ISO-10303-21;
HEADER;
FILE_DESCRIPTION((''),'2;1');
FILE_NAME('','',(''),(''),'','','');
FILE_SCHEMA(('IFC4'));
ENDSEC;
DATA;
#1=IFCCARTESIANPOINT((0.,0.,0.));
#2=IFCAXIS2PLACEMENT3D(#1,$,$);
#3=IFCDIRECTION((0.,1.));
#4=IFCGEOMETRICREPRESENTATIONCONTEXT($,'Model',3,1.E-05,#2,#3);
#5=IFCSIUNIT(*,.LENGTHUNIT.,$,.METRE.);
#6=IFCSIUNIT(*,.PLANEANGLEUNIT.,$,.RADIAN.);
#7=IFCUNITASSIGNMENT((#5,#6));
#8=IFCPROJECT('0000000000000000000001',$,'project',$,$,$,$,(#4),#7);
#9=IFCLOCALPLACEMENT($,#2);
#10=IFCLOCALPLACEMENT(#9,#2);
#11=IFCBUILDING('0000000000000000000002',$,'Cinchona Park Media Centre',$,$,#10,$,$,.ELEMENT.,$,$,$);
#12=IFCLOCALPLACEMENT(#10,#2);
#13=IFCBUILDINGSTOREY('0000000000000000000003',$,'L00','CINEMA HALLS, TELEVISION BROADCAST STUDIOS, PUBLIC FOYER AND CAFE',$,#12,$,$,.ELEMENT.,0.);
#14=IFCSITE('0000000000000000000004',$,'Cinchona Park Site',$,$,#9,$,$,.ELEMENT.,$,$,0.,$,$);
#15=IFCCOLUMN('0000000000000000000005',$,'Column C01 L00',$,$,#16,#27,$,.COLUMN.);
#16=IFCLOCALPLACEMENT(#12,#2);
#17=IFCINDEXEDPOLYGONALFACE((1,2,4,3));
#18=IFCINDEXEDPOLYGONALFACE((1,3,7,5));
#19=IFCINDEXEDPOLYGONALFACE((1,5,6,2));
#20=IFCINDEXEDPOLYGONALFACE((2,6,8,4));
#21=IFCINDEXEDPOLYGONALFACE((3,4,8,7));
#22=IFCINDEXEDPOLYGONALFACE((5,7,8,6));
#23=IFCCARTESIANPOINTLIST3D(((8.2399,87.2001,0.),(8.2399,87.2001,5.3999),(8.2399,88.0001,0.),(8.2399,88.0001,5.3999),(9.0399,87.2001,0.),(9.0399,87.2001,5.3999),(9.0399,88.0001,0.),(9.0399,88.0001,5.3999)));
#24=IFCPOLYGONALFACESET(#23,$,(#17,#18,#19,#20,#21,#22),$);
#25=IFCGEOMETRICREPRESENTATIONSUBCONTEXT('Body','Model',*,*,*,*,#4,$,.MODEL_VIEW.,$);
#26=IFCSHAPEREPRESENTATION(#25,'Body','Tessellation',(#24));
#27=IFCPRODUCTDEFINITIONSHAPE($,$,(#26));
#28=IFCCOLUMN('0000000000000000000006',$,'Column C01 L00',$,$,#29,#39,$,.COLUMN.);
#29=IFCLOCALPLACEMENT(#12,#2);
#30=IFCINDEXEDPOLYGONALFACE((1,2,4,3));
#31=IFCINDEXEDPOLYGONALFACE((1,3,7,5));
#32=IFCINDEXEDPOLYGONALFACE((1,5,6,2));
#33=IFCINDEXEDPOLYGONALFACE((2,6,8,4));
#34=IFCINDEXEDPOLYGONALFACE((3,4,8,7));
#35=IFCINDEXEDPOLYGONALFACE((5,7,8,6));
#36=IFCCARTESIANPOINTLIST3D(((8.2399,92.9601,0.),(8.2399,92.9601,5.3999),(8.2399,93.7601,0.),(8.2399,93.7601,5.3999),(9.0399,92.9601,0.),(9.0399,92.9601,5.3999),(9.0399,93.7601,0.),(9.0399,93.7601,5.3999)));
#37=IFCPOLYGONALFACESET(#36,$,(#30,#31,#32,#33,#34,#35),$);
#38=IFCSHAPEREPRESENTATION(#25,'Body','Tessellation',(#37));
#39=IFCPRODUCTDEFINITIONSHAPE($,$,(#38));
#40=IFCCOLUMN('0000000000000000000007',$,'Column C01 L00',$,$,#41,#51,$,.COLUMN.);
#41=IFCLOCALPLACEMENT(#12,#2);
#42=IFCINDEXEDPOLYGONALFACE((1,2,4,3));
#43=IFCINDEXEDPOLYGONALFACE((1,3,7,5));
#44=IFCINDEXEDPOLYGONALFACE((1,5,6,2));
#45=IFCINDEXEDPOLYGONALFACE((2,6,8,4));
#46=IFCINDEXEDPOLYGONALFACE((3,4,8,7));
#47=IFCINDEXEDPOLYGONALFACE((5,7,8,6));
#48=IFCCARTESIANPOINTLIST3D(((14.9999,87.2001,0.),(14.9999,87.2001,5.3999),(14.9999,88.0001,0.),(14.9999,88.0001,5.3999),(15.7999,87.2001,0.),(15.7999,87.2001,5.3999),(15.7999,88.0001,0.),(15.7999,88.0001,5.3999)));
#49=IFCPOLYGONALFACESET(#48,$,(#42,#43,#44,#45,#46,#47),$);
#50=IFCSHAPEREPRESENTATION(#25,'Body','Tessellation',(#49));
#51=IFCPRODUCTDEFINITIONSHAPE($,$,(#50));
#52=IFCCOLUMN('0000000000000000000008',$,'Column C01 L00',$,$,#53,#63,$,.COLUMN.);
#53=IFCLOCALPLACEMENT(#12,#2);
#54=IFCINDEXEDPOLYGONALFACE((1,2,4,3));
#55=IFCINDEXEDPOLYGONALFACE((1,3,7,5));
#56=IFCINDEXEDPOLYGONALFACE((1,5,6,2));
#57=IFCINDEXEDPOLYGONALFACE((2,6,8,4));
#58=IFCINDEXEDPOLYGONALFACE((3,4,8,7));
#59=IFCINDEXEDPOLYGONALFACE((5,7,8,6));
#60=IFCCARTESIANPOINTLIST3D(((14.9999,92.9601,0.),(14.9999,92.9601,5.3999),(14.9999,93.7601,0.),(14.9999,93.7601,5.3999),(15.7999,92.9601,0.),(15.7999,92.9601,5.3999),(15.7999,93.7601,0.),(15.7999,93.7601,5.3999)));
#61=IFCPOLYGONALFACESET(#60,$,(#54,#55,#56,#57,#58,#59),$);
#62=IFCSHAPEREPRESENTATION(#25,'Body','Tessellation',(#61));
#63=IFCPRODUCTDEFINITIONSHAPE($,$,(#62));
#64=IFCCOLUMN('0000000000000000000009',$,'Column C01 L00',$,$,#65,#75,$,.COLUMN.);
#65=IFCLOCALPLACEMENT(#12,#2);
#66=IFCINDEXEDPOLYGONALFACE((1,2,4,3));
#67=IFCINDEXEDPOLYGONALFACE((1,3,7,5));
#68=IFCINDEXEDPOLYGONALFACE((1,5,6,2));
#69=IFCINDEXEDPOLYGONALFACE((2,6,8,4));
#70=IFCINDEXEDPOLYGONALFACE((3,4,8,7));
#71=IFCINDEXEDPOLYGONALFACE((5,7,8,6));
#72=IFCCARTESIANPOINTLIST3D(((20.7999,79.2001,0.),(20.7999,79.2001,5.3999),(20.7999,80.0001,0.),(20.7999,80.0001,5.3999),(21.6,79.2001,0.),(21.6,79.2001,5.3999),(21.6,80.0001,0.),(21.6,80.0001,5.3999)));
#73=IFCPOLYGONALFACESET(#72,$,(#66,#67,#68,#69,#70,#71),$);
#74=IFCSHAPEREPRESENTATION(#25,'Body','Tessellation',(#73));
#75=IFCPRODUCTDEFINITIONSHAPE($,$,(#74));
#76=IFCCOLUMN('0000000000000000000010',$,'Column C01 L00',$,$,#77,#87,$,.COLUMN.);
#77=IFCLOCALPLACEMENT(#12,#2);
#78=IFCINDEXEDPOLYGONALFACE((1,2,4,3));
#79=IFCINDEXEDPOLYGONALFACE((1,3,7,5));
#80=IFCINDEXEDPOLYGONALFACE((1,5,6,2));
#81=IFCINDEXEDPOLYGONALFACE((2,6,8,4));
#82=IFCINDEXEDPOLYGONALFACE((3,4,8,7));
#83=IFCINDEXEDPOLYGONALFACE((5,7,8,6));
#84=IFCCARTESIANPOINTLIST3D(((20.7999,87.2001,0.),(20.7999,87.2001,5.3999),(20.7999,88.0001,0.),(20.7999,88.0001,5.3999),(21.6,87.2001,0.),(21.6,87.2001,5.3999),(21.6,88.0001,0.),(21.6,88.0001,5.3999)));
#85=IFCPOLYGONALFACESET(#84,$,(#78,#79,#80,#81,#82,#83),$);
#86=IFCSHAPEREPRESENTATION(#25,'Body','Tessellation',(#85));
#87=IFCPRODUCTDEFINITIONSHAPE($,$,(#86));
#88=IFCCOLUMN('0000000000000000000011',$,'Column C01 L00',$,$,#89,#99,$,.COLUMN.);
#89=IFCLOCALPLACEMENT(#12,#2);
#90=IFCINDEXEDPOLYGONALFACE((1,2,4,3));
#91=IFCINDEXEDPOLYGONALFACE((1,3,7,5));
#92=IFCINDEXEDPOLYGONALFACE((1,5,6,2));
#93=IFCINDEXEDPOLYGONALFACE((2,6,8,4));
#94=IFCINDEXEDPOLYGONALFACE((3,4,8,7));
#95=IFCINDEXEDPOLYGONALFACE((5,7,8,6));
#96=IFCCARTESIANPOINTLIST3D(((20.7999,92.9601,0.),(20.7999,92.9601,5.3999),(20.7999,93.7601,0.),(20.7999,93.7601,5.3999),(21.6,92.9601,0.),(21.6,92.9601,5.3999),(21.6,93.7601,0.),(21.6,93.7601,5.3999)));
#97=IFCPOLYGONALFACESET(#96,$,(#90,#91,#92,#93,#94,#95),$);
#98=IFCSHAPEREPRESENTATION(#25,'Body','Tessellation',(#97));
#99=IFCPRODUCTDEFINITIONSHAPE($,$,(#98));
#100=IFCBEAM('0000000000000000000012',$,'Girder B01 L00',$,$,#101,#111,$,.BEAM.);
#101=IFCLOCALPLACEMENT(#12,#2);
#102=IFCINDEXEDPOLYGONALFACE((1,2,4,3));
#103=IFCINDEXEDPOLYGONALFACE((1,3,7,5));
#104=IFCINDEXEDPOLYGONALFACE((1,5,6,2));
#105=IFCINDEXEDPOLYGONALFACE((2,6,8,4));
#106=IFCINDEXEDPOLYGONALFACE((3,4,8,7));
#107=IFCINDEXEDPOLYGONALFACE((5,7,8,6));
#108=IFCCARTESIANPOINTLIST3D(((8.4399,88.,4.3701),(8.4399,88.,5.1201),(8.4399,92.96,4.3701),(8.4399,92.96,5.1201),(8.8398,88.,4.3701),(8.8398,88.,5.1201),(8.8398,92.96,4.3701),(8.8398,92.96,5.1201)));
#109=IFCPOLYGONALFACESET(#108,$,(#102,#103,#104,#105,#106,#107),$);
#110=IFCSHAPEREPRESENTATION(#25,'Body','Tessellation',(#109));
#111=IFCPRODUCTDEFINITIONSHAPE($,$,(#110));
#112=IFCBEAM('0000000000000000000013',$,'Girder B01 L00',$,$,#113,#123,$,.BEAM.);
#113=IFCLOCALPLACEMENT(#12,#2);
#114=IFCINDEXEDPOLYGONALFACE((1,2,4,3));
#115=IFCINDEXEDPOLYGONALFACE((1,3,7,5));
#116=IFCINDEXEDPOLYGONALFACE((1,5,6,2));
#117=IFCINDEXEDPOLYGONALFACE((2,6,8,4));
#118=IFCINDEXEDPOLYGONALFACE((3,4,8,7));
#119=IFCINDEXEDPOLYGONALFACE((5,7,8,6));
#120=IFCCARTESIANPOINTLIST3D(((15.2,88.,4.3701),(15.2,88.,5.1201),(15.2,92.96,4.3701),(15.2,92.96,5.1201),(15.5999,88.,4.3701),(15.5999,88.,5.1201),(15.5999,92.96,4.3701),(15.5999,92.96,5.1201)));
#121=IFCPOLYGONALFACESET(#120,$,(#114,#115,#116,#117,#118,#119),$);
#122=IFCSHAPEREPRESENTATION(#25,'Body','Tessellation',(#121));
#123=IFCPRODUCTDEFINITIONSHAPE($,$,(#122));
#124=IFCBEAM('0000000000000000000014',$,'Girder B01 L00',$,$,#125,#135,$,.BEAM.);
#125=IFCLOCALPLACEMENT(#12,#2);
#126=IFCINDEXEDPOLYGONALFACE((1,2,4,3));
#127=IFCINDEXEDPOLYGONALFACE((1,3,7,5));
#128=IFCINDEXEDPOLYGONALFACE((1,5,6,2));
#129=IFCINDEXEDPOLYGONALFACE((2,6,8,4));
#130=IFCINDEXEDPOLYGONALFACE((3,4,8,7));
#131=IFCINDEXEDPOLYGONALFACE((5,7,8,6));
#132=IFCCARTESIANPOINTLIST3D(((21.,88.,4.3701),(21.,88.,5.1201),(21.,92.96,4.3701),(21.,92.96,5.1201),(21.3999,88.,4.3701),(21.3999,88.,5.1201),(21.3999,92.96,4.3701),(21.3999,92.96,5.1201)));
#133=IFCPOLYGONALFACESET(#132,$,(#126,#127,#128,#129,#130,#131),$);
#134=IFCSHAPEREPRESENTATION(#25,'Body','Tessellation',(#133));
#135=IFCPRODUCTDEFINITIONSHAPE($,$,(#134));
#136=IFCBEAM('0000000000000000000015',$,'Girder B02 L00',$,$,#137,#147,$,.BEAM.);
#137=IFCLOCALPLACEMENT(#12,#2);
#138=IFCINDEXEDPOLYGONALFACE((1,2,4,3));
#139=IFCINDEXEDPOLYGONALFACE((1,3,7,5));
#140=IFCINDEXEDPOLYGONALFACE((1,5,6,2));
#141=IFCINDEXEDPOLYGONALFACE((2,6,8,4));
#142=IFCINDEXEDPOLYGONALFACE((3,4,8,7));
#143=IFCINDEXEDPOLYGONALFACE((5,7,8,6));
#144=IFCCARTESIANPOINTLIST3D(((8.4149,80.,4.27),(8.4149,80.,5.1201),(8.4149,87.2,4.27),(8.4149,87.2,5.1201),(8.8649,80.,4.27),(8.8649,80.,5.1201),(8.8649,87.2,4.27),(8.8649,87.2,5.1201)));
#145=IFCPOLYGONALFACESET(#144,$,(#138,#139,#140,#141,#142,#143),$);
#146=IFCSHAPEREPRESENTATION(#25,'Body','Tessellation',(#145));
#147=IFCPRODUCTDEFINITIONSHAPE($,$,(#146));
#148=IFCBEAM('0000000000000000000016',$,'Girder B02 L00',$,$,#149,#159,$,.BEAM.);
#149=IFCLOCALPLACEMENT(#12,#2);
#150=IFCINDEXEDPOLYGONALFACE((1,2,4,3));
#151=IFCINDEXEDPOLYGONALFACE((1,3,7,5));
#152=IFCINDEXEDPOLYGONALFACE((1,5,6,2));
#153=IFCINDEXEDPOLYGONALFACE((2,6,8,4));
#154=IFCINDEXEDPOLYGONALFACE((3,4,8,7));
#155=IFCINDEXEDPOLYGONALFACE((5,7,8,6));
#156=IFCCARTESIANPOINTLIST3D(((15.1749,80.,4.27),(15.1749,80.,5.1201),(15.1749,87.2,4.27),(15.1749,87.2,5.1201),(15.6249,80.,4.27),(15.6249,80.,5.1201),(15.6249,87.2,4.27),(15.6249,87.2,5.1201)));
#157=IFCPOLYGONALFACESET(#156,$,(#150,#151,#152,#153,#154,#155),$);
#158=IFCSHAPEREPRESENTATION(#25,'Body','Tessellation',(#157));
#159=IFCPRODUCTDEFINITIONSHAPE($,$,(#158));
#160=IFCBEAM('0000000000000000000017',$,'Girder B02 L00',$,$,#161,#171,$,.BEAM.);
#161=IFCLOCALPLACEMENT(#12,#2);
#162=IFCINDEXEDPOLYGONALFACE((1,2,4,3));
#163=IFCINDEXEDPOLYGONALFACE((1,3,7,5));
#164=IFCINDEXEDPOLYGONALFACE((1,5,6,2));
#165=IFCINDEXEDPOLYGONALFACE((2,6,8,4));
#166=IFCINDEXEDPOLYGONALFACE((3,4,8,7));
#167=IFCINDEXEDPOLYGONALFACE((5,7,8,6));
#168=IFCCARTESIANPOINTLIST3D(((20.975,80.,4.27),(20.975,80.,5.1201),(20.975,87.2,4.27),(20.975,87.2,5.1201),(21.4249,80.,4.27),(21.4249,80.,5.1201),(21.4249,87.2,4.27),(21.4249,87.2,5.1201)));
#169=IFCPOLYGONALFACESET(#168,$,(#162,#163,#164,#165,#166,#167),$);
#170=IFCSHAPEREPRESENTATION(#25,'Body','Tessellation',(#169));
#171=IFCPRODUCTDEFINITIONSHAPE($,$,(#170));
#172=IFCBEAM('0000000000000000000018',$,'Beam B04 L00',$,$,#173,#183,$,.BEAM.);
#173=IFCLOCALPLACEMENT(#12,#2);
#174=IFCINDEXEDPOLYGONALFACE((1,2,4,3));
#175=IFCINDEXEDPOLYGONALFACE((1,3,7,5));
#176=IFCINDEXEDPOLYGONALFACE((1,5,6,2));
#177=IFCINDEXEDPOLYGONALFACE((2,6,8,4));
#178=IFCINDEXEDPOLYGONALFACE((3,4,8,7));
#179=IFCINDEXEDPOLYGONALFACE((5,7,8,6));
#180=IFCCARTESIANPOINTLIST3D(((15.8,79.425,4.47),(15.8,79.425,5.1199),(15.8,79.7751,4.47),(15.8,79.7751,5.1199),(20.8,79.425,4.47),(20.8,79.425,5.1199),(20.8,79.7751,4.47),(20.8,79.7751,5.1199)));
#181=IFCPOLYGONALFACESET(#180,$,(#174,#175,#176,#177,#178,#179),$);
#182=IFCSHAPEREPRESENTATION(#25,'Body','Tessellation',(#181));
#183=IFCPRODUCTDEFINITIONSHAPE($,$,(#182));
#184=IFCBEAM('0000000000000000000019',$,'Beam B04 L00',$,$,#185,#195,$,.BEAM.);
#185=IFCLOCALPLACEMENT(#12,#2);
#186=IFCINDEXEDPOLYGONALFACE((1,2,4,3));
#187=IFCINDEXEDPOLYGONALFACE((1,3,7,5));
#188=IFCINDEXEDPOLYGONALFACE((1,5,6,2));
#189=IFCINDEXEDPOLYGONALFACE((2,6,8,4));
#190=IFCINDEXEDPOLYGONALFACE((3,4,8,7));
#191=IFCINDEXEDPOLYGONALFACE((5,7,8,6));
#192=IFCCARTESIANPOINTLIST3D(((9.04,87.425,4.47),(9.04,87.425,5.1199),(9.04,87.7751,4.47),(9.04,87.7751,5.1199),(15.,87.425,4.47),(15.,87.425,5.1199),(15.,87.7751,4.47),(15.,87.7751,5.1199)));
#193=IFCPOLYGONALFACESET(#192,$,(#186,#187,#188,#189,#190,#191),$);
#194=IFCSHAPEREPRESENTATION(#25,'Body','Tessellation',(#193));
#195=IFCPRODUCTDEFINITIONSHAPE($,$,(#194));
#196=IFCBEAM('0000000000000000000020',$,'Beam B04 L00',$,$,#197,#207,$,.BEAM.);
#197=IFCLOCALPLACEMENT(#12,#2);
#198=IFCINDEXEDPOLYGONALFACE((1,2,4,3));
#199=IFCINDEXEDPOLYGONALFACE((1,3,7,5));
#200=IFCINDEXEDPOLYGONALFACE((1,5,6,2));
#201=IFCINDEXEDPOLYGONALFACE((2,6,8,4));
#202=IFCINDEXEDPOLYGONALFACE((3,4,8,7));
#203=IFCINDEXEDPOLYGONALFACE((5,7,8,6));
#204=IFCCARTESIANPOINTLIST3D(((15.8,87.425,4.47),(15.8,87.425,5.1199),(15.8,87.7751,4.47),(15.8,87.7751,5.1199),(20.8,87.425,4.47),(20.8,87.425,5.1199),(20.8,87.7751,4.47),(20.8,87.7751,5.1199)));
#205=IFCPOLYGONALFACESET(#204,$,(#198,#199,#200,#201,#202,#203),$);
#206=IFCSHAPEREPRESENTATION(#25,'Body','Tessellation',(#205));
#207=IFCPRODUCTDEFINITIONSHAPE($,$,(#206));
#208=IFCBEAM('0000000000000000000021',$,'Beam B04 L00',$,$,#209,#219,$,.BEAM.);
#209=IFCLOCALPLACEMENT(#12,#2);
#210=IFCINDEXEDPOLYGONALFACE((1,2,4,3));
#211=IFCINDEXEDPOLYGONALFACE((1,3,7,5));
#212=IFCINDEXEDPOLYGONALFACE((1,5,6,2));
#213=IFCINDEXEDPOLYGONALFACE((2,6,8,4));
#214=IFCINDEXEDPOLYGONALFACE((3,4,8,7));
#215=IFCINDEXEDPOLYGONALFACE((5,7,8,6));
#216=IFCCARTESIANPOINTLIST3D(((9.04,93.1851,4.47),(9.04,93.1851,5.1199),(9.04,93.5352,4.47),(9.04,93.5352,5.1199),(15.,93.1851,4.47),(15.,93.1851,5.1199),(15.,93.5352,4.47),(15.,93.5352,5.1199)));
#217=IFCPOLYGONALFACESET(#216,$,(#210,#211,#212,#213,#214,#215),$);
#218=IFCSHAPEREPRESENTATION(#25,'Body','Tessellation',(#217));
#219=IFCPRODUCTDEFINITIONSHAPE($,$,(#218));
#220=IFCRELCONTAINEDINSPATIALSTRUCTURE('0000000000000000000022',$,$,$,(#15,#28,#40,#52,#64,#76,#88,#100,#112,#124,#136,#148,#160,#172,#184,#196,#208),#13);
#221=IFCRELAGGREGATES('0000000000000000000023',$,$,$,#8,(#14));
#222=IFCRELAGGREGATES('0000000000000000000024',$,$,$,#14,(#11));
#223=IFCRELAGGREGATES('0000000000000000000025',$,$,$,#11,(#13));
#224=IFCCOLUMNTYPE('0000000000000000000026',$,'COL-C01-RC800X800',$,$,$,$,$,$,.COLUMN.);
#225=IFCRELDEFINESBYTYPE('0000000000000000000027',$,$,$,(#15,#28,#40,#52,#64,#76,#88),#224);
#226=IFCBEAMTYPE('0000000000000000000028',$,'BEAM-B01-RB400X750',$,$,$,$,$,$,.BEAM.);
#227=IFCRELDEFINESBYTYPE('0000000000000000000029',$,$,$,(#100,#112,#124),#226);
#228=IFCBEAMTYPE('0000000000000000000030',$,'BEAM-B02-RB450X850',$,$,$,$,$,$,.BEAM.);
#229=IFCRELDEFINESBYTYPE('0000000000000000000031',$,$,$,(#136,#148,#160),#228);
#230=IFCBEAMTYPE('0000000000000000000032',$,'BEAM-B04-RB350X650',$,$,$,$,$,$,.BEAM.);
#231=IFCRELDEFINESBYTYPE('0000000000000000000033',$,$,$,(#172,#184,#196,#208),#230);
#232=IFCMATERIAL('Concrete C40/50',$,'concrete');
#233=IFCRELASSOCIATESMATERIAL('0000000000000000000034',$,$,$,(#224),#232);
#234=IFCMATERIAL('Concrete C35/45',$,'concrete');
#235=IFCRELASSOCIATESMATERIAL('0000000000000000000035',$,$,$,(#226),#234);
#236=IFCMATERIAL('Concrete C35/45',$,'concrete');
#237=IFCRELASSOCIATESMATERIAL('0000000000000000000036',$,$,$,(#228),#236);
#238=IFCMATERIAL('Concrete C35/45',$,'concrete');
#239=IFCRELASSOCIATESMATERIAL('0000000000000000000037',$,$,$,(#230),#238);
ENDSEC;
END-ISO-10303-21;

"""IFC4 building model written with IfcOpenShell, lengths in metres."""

from ifc_helpers import new_model, si_unit, direction, frame, origin, origin_2d, place, context, subcontext, project, spatial, rectangle, extrude, material, material_profile, profile_set, type_object, element, save


model = new_model("IFC4")

# Units and contexts
model_context = context("Model", 3, precision=1e-05, world=origin(), true_north=direction((0.0, 1.0)))
body_context = subcontext(model_context, "Body", "Model", "MODEL_VIEW")
ifc_project = project(units=[si_unit("LENGTHUNIT", "METRE"), si_unit("PLANEANGLEUNIT", "RADIAN")], contexts=[model_context])

# Site, building, storey
site_placement = place(None, origin())
site = spatial("IfcSite", under=ifc_project, at=site_placement, Name="Cinchona Park Site", CompositionType="ELEMENT", RefElevation=0.0)
building_placement = place(site_placement, origin())
building = spatial("IfcBuilding", under=site, at=building_placement, Name="Cinchona Park Media Centre", CompositionType="ELEMENT")
storey_placement = place(building_placement, origin())
storey = spatial("IfcBuildingStorey", under=building, at=storey_placement, Name="L00", Description="CINEMA HALLS, TELEVISION BROADCAST STUDIOS, PUBLIC FOYER AND CAFE", CompositionType="ELEMENT", Elevation=0.0)

# Columns
ifc_material_1 = material(Name="Concrete C40/50", Category="concrete")
ifc_material_profile_1 = material_profile(ifc_material_1, rectangle(XDim=0.8, YDim=0.8, at=origin_2d()), Name="RC 800X800")
ifc_profile_set_1 = profile_set([ifc_material_profile_1], Name="Concrete C40/50")
column_type = type_object("IfcColumnType", Name="COL-C01-RC800X800", PredefinedType="COLUMN", material=ifc_profile_set_1)
for number, where, z_axis, x_axis, name in (
    (1, (8.6399, 87.6001, 0.0), (0.0, 0.0, 1.0), (1.0, 0.0, 0.0), "Column C01 L00"),
    (2, (8.6399, 93.3601, 0.0), (0.0, 0.0, 1.0), (1.0, 0.0, 0.0), "Column C01 L00"),
    (3, (15.3999, 87.6001, 0.0), (0.0, 0.0, 1.0), (1.0, 0.0, 0.0), "Column C01 L00"),
    (4, (15.3999, 93.3601, 0.0), (0.0, 0.0, 1.0), (1.0, 0.0, 0.0), "Column C01 L00"),
    (5, (21.2, 79.6001, 0.0), (0.0, 0.0, 1.0), (1.0, 0.0, 0.0), "Column C01 L00"),
    (6, (21.2, 87.6001, 0.0), (0.0, 0.0, 1.0), (1.0, 0.0, 0.0), "Column C01 L00"),
    (7, (21.2, 93.3601, 0.0), (0.0, 0.0, 1.0), (1.0, 0.0, 0.0), "Column C01 L00"),
):
    element("IfcColumn", number, at=place(storey_placement, frame(where, z_axis=z_axis, x_axis=x_axis)), inside=storey, type_object=column_type, Name=name, PredefinedType="COLUMN", context=body_context, shape_type="SweptSolid", body=[
        extrude(rectangle(XDim=0.8, YDim=0.8, at=origin_2d()), origin(), (0.0, 0.0, 1.0), 5.3999),
    ])

# Beams
ifc_material_2 = material(Name="Concrete C35/45", Category="concrete")
ifc_material_profile_2 = material_profile(ifc_material_2, rectangle(XDim=0.3999, YDim=0.75, at=origin_2d()), Name="RB 400X750")
ifc_profile_set_2 = profile_set([ifc_material_profile_2], Name="Concrete C35/45")
beam_type_1 = type_object("IfcBeamType", Name="BEAM-B01-RB400X750", PredefinedType="BEAM", material=ifc_profile_set_2)
for number, where, z_axis, x_axis, name in (
    (8, (8.6399, 88.0, 4.7451), (0.0, 1.0, 0.0), (-1.0, 0.0, 0.0), "Girder B01 L00"),
    (9, (15.3999, 88.0, 4.7451), (0.0, 1.0, 0.0), (-1.0, 0.0, 0.0), "Girder B01 L00"),
    (10, (21.2, 88.0, 4.7451), (0.0, 1.0, 0.0), (-1.0, 0.0, 0.0), "Girder B01 L00"),
):
    element("IfcBeam", number, at=place(storey_placement, frame(where, z_axis=z_axis, x_axis=x_axis)), inside=storey, type_object=beam_type_1, Name=name, PredefinedType="BEAM", context=body_context, shape_type="SweptSolid", body=[
        extrude(rectangle(XDim=0.3999, YDim=0.75, at=origin_2d()), origin(), (0.0, 0.0, 1.0), 4.96),
    ])
ifc_material_3 = material(Name="Concrete C35/45", Category="concrete")
ifc_material_profile_3 = material_profile(ifc_material_3, rectangle(XDim=0.45, YDim=0.8501, at=origin_2d()), Name="RB 450X850")
ifc_profile_set_3 = profile_set([ifc_material_profile_3], Name="Concrete C35/45")
beam_type_2 = type_object("IfcBeamType", Name="BEAM-B02-RB450X850", PredefinedType="BEAM", material=ifc_profile_set_3)
for number, where, z_axis, x_axis, name in (
    (11, (8.6399, 80.0, 4.6951), (0.0, 1.0, 0.0), (-1.0, 0.0, 0.0), "Girder B02 L00"),
    (12, (15.3999, 80.0, 4.6951), (0.0, 1.0, 0.0), (-1.0, 0.0, 0.0), "Girder B02 L00"),
    (13, (21.2, 80.0, 4.6951), (0.0, 1.0, 0.0), (-1.0, 0.0, 0.0), "Girder B02 L00"),
):
    element("IfcBeam", number, at=place(storey_placement, frame(where, z_axis=z_axis, x_axis=x_axis)), inside=storey, type_object=beam_type_2, Name=name, PredefinedType="BEAM", context=body_context, shape_type="SweptSolid", body=[
        extrude(rectangle(XDim=0.45, YDim=0.8501, at=origin_2d()), origin(), (0.0, 0.0, 1.0), 7.2),
    ])
ifc_material_4 = material(Name="Concrete C35/45", Category="concrete")
ifc_material_profile_4 = material_profile(ifc_material_4, rectangle(XDim=0.3501, YDim=0.6499, at=origin_2d()), Name="RB 350X650")
ifc_profile_set_4 = profile_set([ifc_material_profile_4], Name="Concrete C35/45")
beam_type_3 = type_object("IfcBeamType", Name="BEAM-B04-RB350X650", PredefinedType="BEAM", material=ifc_profile_set_4)
beam_1_placement = place(storey_placement, frame((15.8, 79.6001, 4.7949), z_axis=(1.0, 0.0, 0.0), x_axis=(0.0, 1.0, 0.0)))
element("IfcBeam", 14, at=beam_1_placement, inside=storey, type_object=beam_type_3, Name="Beam B04 L00", PredefinedType="BEAM", context=body_context, shape_type="SweptSolid", body=[
    extrude(rectangle(XDim=0.3501, YDim=0.6499, at=origin_2d()), origin(), (0.0, 0.0, 1.0), 5.0),
])
beam_2_placement = place(storey_placement, frame((9.04, 87.6001, 4.7949), z_axis=(1.0, 0.0, 0.0), x_axis=(0.0, 1.0, 0.0)))
element("IfcBeam", 15, at=beam_2_placement, inside=storey, type_object=beam_type_3, Name="Beam B04 L00", PredefinedType="BEAM", context=body_context, shape_type="SweptSolid", body=[
    extrude(rectangle(XDim=0.3501, YDim=0.6499, at=origin_2d()), origin(), (0.0, 0.0, 1.0), 5.96),
])
beam_3_placement = place(storey_placement, frame((15.8, 87.6001, 4.7949), z_axis=(1.0, 0.0, 0.0), x_axis=(0.0, 1.0, 0.0)))
element("IfcBeam", 16, at=beam_3_placement, inside=storey, type_object=beam_type_3, Name="Beam B04 L00", PredefinedType="BEAM", context=body_context, shape_type="SweptSolid", body=[
    extrude(rectangle(XDim=0.3501, YDim=0.6499, at=origin_2d()), origin(), (0.0, 0.0, 1.0), 5.0),
])
beam_4_placement = place(storey_placement, frame((9.04, 93.3601, 4.7949), z_axis=(1.0, 0.0, 0.0), x_axis=(0.0, 1.0, 0.0)))
element("IfcBeam", 17, at=beam_4_placement, inside=storey, type_object=beam_type_3, Name="Beam B04 L00", PredefinedType="BEAM", context=body_context, shape_type="SweptSolid", body=[
    extrude(rectangle(XDim=0.3501, YDim=0.6499, at=origin_2d()), origin(), (0.0, 0.0, 1.0), 5.96),
])

save(model, "model.ifc")
